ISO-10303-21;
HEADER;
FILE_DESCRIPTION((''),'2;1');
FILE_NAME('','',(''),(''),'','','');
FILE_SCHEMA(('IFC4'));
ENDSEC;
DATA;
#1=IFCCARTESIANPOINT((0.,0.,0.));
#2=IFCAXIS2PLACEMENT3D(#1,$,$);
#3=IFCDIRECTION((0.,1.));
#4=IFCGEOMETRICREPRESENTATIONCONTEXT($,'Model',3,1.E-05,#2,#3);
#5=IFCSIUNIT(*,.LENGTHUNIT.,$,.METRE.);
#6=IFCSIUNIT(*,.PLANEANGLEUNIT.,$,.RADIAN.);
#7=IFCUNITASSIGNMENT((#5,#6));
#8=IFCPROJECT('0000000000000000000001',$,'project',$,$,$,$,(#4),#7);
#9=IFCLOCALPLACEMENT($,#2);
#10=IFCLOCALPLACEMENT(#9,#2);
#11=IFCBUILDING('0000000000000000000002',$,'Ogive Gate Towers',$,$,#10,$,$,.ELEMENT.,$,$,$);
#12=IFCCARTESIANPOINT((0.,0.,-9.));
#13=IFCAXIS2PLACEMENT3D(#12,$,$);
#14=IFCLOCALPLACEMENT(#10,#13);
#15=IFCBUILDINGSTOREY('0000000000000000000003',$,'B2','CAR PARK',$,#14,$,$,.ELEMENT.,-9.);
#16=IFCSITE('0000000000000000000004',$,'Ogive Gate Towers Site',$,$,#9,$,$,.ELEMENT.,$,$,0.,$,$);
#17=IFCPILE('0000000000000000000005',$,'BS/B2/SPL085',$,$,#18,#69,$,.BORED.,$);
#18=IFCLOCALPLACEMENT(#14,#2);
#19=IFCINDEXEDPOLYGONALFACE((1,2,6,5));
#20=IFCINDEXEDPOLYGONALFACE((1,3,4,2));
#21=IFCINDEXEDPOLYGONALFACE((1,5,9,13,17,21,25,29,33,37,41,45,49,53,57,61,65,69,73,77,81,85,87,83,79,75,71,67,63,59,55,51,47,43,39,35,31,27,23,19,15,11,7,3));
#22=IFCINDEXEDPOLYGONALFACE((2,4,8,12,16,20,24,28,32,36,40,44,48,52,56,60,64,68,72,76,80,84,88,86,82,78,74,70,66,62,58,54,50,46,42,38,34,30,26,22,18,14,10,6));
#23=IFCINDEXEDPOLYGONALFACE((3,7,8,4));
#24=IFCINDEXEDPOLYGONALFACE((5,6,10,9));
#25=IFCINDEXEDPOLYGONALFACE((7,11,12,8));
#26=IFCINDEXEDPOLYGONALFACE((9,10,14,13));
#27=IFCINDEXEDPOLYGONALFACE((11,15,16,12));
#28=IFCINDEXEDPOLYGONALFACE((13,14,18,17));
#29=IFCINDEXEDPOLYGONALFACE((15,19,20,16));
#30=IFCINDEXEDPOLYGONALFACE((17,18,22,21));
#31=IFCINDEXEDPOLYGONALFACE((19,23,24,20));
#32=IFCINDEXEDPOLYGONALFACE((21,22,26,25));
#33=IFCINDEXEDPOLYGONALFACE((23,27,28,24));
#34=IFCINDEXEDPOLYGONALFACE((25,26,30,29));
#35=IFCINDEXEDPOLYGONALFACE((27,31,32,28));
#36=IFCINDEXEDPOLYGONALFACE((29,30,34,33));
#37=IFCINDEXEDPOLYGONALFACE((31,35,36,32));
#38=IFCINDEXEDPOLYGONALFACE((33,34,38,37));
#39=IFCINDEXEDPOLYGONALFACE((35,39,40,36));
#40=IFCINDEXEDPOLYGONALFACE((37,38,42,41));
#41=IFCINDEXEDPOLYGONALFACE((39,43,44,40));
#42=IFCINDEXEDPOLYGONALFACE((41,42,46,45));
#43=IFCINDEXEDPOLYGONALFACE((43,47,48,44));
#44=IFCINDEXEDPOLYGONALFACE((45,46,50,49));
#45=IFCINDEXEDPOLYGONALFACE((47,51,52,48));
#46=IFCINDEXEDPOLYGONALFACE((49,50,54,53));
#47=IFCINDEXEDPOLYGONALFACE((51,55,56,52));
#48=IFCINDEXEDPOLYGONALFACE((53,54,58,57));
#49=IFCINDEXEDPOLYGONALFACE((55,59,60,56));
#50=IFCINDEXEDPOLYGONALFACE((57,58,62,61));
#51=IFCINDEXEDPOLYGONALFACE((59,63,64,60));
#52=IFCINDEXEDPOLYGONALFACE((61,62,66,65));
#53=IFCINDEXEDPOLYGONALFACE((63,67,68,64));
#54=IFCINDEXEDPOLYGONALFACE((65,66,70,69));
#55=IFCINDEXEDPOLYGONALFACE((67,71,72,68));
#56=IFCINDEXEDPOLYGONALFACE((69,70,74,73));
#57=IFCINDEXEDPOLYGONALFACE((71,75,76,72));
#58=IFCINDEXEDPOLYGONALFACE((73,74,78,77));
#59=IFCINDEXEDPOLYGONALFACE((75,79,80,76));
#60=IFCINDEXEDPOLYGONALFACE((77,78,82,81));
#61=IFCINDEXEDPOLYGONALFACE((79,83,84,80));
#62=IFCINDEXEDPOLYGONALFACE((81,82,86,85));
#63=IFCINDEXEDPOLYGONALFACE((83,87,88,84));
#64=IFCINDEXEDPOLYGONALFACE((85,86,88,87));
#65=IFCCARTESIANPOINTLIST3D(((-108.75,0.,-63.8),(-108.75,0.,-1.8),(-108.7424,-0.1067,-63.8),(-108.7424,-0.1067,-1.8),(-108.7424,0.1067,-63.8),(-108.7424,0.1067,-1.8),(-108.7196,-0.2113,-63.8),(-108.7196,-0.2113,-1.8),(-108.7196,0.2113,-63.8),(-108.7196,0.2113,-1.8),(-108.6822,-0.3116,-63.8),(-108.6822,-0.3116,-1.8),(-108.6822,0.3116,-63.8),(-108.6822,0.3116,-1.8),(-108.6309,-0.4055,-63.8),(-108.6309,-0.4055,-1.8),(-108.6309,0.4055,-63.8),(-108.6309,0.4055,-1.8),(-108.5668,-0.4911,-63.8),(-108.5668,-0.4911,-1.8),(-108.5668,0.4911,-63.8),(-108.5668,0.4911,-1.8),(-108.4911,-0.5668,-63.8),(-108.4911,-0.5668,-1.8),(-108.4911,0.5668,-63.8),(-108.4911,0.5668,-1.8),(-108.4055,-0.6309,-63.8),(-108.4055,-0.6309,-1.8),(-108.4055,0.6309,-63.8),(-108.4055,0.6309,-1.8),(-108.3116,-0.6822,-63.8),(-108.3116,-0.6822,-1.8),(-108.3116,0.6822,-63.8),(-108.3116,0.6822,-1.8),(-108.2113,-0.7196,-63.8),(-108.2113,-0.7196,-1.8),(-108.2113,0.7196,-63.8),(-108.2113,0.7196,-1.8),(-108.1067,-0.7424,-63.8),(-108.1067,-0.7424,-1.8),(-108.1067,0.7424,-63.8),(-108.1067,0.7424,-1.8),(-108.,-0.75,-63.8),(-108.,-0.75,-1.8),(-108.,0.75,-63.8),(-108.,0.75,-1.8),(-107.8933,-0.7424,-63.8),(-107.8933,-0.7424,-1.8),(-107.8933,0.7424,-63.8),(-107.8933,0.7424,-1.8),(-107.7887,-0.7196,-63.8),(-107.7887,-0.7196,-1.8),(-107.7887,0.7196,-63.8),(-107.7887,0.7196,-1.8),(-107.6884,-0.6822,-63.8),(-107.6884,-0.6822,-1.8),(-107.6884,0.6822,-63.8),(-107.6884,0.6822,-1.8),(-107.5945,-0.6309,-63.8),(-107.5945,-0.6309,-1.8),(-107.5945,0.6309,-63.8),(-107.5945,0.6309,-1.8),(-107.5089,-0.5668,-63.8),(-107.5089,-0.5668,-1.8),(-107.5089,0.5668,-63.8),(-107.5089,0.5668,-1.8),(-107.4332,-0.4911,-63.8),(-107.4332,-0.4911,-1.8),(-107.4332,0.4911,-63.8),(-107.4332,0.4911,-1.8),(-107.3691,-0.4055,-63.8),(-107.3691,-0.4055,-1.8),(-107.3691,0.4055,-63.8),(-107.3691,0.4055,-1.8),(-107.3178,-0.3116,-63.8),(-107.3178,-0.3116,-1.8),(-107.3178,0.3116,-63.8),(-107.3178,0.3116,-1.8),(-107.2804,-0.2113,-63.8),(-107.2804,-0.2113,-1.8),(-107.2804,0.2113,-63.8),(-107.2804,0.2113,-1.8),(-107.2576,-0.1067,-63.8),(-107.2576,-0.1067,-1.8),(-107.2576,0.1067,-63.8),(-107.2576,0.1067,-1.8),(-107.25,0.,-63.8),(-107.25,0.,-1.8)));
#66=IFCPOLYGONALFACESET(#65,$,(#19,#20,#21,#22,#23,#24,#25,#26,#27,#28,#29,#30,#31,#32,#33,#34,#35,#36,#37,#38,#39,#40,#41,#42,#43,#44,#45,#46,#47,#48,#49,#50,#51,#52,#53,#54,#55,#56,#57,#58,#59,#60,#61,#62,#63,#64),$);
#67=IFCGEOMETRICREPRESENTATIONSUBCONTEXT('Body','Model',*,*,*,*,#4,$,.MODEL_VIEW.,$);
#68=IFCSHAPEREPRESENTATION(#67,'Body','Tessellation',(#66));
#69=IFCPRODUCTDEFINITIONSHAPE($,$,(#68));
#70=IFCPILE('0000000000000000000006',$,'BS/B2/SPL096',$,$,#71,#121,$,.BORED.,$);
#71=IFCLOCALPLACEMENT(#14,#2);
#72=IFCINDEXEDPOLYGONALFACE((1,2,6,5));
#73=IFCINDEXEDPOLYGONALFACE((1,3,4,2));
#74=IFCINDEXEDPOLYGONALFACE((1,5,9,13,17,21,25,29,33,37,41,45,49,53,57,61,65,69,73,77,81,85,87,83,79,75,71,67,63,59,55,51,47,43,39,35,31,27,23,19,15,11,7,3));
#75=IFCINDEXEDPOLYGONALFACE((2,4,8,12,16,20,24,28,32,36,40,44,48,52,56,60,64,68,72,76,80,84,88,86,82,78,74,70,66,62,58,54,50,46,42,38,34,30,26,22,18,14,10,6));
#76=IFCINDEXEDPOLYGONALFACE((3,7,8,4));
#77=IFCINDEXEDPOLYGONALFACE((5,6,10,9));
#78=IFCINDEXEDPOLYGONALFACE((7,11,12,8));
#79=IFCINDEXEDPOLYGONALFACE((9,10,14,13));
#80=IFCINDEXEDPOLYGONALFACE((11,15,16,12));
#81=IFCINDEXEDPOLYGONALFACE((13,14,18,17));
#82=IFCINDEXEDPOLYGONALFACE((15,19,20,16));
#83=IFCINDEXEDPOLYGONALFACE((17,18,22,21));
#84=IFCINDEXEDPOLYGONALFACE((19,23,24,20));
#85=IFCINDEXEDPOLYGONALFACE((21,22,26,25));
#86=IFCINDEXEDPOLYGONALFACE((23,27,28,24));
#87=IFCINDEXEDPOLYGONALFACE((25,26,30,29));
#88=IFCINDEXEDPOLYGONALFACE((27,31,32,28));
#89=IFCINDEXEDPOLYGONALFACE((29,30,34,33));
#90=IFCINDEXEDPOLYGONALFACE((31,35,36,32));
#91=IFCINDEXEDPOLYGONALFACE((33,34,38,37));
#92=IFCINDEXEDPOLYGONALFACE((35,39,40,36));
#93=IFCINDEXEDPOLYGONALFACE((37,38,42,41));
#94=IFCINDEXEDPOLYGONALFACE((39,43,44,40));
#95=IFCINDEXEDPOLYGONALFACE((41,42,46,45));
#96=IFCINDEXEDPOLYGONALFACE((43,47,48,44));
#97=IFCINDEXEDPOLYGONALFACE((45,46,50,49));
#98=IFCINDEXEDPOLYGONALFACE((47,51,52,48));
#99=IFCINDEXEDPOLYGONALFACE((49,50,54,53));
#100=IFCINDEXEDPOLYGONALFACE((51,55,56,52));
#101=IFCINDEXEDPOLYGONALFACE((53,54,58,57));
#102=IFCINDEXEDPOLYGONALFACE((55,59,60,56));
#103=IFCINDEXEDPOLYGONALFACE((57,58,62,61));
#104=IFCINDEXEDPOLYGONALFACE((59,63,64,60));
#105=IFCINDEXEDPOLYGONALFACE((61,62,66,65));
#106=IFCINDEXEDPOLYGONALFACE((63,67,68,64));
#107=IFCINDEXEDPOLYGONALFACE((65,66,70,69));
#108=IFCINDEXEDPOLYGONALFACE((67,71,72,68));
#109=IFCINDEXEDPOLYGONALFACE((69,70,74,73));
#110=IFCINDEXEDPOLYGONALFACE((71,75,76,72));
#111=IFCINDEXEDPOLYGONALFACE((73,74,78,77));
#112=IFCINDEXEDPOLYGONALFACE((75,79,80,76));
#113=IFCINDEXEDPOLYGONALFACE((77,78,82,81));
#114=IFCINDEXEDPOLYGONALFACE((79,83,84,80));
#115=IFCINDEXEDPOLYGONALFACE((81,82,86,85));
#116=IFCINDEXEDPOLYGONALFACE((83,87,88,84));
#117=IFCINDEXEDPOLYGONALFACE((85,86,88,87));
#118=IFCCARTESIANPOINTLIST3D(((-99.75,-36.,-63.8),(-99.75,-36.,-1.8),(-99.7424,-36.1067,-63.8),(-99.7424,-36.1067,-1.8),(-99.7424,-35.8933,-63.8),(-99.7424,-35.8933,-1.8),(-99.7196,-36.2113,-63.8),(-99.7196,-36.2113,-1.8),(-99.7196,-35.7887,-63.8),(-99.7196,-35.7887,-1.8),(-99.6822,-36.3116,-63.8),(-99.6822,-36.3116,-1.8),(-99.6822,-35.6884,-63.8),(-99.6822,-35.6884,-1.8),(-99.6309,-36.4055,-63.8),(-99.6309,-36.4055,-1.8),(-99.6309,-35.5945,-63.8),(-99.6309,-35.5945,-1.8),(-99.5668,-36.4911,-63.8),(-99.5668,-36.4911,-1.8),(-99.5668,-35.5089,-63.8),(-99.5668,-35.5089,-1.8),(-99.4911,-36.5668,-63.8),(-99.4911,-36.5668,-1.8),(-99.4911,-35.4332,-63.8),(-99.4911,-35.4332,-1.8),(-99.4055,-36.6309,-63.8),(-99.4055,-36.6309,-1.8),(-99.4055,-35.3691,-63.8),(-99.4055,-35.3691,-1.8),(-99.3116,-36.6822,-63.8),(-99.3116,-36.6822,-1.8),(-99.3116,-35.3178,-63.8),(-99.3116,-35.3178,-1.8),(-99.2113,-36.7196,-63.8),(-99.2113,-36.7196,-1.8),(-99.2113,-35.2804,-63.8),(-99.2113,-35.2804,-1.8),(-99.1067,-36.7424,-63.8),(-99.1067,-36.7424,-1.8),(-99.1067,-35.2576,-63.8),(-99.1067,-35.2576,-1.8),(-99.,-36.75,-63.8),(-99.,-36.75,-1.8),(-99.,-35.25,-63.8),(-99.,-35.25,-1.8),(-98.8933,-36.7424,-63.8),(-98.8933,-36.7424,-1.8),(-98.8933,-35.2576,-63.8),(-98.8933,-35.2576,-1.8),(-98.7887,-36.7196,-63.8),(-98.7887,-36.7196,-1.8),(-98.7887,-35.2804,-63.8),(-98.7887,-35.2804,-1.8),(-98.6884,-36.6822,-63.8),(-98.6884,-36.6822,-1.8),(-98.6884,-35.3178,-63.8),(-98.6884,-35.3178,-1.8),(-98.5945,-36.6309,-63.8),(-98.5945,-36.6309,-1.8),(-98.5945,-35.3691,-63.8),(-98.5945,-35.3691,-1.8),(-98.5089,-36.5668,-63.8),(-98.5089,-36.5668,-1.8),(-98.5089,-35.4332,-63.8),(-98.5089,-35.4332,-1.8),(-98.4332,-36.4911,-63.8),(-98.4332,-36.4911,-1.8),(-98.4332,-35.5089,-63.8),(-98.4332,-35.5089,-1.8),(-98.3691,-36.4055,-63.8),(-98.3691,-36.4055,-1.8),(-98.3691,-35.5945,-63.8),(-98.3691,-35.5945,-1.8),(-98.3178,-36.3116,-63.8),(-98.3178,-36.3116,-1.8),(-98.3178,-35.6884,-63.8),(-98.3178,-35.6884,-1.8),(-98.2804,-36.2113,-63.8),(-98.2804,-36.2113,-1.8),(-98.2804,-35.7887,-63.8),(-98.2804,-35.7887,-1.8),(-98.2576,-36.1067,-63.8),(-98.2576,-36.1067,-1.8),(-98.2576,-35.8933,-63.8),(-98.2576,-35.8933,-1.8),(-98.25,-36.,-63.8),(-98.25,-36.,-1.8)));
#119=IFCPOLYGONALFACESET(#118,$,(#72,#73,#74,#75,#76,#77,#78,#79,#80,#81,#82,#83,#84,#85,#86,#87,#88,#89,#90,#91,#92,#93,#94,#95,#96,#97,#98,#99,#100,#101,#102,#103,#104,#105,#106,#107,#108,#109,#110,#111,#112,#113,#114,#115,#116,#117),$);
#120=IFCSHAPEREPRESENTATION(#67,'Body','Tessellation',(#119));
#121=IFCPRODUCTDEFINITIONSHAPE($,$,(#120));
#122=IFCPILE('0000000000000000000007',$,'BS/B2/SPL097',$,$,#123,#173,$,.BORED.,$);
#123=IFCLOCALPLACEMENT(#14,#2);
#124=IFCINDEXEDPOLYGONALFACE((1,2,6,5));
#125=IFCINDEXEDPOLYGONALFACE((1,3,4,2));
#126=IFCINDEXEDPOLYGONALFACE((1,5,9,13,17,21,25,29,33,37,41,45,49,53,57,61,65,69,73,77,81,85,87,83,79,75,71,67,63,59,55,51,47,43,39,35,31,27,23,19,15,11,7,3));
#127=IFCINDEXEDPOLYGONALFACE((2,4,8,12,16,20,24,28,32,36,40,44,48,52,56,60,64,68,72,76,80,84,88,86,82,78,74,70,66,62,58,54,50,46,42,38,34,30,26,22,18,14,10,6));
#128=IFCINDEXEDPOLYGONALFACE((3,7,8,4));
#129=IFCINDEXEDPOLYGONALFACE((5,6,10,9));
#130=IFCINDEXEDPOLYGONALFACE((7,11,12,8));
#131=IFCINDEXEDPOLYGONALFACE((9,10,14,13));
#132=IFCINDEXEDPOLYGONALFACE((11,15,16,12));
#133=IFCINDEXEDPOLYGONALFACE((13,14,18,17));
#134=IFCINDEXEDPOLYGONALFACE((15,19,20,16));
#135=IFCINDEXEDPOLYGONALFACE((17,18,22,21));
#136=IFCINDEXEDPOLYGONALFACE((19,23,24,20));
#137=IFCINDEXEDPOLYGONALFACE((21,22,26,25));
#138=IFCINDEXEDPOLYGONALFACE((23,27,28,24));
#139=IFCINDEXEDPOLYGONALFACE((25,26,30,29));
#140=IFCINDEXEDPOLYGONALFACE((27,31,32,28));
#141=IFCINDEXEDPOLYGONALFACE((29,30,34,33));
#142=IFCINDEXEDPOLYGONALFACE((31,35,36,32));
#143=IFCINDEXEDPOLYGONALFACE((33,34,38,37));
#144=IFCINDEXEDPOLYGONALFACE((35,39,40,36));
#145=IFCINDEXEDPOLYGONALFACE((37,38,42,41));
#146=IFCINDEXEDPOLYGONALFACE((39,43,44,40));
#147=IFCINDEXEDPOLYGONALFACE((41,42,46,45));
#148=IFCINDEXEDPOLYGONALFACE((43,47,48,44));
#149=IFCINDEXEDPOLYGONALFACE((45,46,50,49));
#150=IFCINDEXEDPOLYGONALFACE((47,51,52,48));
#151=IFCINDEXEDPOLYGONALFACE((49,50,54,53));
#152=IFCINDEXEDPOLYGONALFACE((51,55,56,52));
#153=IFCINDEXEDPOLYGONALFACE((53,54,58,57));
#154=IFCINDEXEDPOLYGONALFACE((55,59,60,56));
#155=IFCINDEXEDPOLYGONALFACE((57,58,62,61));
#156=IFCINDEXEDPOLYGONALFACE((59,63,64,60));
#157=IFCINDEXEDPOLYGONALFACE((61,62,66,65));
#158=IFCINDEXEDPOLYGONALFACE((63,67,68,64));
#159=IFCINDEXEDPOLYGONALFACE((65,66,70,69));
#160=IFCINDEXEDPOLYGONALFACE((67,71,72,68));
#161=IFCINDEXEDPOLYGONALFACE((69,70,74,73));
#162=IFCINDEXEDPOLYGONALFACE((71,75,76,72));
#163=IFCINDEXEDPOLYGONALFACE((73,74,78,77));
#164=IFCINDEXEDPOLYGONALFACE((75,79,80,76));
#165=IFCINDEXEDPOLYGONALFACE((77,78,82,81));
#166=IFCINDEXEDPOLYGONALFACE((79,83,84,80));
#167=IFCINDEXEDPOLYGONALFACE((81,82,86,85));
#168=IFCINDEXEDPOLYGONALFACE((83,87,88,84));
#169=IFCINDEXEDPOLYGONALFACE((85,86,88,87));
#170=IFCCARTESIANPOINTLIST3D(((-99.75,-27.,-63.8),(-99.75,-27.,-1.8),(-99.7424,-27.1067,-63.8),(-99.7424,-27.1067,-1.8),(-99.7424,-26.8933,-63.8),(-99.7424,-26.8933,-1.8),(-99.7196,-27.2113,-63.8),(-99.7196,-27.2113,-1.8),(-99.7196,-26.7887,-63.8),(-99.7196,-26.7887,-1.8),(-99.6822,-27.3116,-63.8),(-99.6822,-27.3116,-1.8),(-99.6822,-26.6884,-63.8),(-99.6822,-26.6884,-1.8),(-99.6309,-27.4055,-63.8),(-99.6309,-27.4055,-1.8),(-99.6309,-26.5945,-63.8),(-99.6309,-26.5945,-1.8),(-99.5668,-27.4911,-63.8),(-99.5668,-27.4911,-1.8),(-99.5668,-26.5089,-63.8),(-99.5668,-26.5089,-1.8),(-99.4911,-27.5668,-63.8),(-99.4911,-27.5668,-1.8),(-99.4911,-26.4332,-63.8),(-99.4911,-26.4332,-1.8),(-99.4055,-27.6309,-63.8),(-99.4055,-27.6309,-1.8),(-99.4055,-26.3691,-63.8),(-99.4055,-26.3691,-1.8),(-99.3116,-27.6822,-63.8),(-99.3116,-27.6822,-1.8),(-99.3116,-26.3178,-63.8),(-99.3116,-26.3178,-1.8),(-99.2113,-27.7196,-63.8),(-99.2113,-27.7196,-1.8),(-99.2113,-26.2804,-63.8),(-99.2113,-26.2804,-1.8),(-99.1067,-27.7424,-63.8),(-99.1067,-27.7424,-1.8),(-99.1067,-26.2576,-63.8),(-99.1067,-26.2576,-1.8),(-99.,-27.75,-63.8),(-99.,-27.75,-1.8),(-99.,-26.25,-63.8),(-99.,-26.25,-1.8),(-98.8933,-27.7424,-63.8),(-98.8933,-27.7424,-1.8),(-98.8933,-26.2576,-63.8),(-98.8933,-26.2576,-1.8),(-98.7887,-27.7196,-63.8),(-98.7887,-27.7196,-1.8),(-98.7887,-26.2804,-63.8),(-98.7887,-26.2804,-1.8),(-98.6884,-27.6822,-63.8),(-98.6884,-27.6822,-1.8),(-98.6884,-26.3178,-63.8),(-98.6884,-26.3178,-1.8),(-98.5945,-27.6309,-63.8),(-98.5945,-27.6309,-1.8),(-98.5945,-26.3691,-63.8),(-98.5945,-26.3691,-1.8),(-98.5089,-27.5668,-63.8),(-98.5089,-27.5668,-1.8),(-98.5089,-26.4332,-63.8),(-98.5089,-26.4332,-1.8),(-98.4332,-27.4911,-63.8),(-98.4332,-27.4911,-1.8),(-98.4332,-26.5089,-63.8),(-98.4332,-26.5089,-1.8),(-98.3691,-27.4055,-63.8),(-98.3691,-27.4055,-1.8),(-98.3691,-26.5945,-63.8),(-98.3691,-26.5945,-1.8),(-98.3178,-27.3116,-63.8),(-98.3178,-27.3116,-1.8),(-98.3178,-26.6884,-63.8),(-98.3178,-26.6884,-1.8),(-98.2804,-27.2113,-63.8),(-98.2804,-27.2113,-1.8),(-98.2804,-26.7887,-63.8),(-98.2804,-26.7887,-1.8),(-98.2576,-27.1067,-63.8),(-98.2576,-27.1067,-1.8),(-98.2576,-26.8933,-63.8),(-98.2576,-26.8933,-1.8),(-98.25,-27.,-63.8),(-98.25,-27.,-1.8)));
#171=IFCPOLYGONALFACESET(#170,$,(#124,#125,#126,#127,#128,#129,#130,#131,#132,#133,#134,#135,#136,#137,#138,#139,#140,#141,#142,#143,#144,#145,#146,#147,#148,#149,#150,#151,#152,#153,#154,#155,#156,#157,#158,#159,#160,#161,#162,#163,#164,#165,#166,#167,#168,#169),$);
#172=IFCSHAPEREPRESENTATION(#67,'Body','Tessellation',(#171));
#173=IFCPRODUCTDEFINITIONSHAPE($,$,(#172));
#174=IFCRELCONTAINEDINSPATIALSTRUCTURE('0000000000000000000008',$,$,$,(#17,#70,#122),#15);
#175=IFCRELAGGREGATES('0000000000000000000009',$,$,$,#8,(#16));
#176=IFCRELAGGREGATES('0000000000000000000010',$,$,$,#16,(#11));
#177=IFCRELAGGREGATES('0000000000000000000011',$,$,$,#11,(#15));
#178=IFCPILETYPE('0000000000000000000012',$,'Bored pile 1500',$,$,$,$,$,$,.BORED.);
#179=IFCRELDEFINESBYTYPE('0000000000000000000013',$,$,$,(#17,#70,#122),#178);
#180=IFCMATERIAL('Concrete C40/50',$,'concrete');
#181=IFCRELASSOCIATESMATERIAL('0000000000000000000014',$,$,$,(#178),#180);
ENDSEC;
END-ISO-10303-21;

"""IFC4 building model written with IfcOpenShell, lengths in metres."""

from ifc_helpers import new_model, si_unit, direction, frame, origin, origin_2d, place, context, subcontext, project, spatial, circle, extrude, material, material_profile, profile_set, type_object, element, save


model = new_model("IFC4")

# Units and contexts
model_context = context("Model", 3, precision=1e-05, world=origin(), true_north=direction((0.0, 1.0)))
body_context = subcontext(model_context, "Body", "Model", "MODEL_VIEW")
ifc_project = project(units=[si_unit("LENGTHUNIT", "METRE"), si_unit("PLANEANGLEUNIT", "RADIAN")], contexts=[model_context])

# Site, building, storey
site_placement = place(None, origin())
site = spatial("IfcSite", under=ifc_project, at=site_placement, Name="Ogive Gate Towers Site", CompositionType="ELEMENT", RefElevation=0.0)
building_placement = place(site_placement, origin())
building = spatial("IfcBuilding", under=site, at=building_placement, Name="Ogive Gate Towers", CompositionType="ELEMENT")
storey_placement = place(building_placement, frame((0.0, 0.0, -9.0)))
storey = spatial("IfcBuildingStorey", under=building, at=storey_placement, Name="B2", Description="CAR PARK", CompositionType="ELEMENT", Elevation=-9.0)

# Piles
ifc_material_1 = material(Name="Concrete C40/50", Category="concrete")
ifc_material_profile_1 = material_profile(ifc_material_1, circle(Radius=0.75, at=origin_2d()), Name="BP 1500")
ifc_profile_set_1 = profile_set([ifc_material_profile_1], Name="Concrete C40/50")
pile_type = type_object("IfcPileType", Name="Bored pile 1500", PredefinedType="BORED", material=ifc_profile_set_1)
for number, where, z_axis, x_axis, name in (
    (1, (-108.0, 0.0, -1.8), (0.0, 0.0, -1.0), (1.0, 0.0, 0.0), "BS/B2/SPL085"),
    (2, (-99.0, -36.0, -1.8), (0.0, 0.0, -1.0), (1.0, 0.0, 0.0), "BS/B2/SPL096"),
    (3, (-99.0, -27.0, -1.8), (0.0, 0.0, -1.0), (1.0, 0.0, 0.0), "BS/B2/SPL097"),
):
    element("IfcPile", number, at=place(storey_placement, frame(where, z_axis=z_axis, x_axis=x_axis)), inside=storey, type_object=pile_type, Name=name, PredefinedType="BORED", context=body_context, shape_type="SweptSolid", body=[
        extrude(circle(Radius=0.75, at=origin_2d()), origin(), (0.0, 0.0, 1.0), 62.0),
    ])

save(model, "model.ifc")
